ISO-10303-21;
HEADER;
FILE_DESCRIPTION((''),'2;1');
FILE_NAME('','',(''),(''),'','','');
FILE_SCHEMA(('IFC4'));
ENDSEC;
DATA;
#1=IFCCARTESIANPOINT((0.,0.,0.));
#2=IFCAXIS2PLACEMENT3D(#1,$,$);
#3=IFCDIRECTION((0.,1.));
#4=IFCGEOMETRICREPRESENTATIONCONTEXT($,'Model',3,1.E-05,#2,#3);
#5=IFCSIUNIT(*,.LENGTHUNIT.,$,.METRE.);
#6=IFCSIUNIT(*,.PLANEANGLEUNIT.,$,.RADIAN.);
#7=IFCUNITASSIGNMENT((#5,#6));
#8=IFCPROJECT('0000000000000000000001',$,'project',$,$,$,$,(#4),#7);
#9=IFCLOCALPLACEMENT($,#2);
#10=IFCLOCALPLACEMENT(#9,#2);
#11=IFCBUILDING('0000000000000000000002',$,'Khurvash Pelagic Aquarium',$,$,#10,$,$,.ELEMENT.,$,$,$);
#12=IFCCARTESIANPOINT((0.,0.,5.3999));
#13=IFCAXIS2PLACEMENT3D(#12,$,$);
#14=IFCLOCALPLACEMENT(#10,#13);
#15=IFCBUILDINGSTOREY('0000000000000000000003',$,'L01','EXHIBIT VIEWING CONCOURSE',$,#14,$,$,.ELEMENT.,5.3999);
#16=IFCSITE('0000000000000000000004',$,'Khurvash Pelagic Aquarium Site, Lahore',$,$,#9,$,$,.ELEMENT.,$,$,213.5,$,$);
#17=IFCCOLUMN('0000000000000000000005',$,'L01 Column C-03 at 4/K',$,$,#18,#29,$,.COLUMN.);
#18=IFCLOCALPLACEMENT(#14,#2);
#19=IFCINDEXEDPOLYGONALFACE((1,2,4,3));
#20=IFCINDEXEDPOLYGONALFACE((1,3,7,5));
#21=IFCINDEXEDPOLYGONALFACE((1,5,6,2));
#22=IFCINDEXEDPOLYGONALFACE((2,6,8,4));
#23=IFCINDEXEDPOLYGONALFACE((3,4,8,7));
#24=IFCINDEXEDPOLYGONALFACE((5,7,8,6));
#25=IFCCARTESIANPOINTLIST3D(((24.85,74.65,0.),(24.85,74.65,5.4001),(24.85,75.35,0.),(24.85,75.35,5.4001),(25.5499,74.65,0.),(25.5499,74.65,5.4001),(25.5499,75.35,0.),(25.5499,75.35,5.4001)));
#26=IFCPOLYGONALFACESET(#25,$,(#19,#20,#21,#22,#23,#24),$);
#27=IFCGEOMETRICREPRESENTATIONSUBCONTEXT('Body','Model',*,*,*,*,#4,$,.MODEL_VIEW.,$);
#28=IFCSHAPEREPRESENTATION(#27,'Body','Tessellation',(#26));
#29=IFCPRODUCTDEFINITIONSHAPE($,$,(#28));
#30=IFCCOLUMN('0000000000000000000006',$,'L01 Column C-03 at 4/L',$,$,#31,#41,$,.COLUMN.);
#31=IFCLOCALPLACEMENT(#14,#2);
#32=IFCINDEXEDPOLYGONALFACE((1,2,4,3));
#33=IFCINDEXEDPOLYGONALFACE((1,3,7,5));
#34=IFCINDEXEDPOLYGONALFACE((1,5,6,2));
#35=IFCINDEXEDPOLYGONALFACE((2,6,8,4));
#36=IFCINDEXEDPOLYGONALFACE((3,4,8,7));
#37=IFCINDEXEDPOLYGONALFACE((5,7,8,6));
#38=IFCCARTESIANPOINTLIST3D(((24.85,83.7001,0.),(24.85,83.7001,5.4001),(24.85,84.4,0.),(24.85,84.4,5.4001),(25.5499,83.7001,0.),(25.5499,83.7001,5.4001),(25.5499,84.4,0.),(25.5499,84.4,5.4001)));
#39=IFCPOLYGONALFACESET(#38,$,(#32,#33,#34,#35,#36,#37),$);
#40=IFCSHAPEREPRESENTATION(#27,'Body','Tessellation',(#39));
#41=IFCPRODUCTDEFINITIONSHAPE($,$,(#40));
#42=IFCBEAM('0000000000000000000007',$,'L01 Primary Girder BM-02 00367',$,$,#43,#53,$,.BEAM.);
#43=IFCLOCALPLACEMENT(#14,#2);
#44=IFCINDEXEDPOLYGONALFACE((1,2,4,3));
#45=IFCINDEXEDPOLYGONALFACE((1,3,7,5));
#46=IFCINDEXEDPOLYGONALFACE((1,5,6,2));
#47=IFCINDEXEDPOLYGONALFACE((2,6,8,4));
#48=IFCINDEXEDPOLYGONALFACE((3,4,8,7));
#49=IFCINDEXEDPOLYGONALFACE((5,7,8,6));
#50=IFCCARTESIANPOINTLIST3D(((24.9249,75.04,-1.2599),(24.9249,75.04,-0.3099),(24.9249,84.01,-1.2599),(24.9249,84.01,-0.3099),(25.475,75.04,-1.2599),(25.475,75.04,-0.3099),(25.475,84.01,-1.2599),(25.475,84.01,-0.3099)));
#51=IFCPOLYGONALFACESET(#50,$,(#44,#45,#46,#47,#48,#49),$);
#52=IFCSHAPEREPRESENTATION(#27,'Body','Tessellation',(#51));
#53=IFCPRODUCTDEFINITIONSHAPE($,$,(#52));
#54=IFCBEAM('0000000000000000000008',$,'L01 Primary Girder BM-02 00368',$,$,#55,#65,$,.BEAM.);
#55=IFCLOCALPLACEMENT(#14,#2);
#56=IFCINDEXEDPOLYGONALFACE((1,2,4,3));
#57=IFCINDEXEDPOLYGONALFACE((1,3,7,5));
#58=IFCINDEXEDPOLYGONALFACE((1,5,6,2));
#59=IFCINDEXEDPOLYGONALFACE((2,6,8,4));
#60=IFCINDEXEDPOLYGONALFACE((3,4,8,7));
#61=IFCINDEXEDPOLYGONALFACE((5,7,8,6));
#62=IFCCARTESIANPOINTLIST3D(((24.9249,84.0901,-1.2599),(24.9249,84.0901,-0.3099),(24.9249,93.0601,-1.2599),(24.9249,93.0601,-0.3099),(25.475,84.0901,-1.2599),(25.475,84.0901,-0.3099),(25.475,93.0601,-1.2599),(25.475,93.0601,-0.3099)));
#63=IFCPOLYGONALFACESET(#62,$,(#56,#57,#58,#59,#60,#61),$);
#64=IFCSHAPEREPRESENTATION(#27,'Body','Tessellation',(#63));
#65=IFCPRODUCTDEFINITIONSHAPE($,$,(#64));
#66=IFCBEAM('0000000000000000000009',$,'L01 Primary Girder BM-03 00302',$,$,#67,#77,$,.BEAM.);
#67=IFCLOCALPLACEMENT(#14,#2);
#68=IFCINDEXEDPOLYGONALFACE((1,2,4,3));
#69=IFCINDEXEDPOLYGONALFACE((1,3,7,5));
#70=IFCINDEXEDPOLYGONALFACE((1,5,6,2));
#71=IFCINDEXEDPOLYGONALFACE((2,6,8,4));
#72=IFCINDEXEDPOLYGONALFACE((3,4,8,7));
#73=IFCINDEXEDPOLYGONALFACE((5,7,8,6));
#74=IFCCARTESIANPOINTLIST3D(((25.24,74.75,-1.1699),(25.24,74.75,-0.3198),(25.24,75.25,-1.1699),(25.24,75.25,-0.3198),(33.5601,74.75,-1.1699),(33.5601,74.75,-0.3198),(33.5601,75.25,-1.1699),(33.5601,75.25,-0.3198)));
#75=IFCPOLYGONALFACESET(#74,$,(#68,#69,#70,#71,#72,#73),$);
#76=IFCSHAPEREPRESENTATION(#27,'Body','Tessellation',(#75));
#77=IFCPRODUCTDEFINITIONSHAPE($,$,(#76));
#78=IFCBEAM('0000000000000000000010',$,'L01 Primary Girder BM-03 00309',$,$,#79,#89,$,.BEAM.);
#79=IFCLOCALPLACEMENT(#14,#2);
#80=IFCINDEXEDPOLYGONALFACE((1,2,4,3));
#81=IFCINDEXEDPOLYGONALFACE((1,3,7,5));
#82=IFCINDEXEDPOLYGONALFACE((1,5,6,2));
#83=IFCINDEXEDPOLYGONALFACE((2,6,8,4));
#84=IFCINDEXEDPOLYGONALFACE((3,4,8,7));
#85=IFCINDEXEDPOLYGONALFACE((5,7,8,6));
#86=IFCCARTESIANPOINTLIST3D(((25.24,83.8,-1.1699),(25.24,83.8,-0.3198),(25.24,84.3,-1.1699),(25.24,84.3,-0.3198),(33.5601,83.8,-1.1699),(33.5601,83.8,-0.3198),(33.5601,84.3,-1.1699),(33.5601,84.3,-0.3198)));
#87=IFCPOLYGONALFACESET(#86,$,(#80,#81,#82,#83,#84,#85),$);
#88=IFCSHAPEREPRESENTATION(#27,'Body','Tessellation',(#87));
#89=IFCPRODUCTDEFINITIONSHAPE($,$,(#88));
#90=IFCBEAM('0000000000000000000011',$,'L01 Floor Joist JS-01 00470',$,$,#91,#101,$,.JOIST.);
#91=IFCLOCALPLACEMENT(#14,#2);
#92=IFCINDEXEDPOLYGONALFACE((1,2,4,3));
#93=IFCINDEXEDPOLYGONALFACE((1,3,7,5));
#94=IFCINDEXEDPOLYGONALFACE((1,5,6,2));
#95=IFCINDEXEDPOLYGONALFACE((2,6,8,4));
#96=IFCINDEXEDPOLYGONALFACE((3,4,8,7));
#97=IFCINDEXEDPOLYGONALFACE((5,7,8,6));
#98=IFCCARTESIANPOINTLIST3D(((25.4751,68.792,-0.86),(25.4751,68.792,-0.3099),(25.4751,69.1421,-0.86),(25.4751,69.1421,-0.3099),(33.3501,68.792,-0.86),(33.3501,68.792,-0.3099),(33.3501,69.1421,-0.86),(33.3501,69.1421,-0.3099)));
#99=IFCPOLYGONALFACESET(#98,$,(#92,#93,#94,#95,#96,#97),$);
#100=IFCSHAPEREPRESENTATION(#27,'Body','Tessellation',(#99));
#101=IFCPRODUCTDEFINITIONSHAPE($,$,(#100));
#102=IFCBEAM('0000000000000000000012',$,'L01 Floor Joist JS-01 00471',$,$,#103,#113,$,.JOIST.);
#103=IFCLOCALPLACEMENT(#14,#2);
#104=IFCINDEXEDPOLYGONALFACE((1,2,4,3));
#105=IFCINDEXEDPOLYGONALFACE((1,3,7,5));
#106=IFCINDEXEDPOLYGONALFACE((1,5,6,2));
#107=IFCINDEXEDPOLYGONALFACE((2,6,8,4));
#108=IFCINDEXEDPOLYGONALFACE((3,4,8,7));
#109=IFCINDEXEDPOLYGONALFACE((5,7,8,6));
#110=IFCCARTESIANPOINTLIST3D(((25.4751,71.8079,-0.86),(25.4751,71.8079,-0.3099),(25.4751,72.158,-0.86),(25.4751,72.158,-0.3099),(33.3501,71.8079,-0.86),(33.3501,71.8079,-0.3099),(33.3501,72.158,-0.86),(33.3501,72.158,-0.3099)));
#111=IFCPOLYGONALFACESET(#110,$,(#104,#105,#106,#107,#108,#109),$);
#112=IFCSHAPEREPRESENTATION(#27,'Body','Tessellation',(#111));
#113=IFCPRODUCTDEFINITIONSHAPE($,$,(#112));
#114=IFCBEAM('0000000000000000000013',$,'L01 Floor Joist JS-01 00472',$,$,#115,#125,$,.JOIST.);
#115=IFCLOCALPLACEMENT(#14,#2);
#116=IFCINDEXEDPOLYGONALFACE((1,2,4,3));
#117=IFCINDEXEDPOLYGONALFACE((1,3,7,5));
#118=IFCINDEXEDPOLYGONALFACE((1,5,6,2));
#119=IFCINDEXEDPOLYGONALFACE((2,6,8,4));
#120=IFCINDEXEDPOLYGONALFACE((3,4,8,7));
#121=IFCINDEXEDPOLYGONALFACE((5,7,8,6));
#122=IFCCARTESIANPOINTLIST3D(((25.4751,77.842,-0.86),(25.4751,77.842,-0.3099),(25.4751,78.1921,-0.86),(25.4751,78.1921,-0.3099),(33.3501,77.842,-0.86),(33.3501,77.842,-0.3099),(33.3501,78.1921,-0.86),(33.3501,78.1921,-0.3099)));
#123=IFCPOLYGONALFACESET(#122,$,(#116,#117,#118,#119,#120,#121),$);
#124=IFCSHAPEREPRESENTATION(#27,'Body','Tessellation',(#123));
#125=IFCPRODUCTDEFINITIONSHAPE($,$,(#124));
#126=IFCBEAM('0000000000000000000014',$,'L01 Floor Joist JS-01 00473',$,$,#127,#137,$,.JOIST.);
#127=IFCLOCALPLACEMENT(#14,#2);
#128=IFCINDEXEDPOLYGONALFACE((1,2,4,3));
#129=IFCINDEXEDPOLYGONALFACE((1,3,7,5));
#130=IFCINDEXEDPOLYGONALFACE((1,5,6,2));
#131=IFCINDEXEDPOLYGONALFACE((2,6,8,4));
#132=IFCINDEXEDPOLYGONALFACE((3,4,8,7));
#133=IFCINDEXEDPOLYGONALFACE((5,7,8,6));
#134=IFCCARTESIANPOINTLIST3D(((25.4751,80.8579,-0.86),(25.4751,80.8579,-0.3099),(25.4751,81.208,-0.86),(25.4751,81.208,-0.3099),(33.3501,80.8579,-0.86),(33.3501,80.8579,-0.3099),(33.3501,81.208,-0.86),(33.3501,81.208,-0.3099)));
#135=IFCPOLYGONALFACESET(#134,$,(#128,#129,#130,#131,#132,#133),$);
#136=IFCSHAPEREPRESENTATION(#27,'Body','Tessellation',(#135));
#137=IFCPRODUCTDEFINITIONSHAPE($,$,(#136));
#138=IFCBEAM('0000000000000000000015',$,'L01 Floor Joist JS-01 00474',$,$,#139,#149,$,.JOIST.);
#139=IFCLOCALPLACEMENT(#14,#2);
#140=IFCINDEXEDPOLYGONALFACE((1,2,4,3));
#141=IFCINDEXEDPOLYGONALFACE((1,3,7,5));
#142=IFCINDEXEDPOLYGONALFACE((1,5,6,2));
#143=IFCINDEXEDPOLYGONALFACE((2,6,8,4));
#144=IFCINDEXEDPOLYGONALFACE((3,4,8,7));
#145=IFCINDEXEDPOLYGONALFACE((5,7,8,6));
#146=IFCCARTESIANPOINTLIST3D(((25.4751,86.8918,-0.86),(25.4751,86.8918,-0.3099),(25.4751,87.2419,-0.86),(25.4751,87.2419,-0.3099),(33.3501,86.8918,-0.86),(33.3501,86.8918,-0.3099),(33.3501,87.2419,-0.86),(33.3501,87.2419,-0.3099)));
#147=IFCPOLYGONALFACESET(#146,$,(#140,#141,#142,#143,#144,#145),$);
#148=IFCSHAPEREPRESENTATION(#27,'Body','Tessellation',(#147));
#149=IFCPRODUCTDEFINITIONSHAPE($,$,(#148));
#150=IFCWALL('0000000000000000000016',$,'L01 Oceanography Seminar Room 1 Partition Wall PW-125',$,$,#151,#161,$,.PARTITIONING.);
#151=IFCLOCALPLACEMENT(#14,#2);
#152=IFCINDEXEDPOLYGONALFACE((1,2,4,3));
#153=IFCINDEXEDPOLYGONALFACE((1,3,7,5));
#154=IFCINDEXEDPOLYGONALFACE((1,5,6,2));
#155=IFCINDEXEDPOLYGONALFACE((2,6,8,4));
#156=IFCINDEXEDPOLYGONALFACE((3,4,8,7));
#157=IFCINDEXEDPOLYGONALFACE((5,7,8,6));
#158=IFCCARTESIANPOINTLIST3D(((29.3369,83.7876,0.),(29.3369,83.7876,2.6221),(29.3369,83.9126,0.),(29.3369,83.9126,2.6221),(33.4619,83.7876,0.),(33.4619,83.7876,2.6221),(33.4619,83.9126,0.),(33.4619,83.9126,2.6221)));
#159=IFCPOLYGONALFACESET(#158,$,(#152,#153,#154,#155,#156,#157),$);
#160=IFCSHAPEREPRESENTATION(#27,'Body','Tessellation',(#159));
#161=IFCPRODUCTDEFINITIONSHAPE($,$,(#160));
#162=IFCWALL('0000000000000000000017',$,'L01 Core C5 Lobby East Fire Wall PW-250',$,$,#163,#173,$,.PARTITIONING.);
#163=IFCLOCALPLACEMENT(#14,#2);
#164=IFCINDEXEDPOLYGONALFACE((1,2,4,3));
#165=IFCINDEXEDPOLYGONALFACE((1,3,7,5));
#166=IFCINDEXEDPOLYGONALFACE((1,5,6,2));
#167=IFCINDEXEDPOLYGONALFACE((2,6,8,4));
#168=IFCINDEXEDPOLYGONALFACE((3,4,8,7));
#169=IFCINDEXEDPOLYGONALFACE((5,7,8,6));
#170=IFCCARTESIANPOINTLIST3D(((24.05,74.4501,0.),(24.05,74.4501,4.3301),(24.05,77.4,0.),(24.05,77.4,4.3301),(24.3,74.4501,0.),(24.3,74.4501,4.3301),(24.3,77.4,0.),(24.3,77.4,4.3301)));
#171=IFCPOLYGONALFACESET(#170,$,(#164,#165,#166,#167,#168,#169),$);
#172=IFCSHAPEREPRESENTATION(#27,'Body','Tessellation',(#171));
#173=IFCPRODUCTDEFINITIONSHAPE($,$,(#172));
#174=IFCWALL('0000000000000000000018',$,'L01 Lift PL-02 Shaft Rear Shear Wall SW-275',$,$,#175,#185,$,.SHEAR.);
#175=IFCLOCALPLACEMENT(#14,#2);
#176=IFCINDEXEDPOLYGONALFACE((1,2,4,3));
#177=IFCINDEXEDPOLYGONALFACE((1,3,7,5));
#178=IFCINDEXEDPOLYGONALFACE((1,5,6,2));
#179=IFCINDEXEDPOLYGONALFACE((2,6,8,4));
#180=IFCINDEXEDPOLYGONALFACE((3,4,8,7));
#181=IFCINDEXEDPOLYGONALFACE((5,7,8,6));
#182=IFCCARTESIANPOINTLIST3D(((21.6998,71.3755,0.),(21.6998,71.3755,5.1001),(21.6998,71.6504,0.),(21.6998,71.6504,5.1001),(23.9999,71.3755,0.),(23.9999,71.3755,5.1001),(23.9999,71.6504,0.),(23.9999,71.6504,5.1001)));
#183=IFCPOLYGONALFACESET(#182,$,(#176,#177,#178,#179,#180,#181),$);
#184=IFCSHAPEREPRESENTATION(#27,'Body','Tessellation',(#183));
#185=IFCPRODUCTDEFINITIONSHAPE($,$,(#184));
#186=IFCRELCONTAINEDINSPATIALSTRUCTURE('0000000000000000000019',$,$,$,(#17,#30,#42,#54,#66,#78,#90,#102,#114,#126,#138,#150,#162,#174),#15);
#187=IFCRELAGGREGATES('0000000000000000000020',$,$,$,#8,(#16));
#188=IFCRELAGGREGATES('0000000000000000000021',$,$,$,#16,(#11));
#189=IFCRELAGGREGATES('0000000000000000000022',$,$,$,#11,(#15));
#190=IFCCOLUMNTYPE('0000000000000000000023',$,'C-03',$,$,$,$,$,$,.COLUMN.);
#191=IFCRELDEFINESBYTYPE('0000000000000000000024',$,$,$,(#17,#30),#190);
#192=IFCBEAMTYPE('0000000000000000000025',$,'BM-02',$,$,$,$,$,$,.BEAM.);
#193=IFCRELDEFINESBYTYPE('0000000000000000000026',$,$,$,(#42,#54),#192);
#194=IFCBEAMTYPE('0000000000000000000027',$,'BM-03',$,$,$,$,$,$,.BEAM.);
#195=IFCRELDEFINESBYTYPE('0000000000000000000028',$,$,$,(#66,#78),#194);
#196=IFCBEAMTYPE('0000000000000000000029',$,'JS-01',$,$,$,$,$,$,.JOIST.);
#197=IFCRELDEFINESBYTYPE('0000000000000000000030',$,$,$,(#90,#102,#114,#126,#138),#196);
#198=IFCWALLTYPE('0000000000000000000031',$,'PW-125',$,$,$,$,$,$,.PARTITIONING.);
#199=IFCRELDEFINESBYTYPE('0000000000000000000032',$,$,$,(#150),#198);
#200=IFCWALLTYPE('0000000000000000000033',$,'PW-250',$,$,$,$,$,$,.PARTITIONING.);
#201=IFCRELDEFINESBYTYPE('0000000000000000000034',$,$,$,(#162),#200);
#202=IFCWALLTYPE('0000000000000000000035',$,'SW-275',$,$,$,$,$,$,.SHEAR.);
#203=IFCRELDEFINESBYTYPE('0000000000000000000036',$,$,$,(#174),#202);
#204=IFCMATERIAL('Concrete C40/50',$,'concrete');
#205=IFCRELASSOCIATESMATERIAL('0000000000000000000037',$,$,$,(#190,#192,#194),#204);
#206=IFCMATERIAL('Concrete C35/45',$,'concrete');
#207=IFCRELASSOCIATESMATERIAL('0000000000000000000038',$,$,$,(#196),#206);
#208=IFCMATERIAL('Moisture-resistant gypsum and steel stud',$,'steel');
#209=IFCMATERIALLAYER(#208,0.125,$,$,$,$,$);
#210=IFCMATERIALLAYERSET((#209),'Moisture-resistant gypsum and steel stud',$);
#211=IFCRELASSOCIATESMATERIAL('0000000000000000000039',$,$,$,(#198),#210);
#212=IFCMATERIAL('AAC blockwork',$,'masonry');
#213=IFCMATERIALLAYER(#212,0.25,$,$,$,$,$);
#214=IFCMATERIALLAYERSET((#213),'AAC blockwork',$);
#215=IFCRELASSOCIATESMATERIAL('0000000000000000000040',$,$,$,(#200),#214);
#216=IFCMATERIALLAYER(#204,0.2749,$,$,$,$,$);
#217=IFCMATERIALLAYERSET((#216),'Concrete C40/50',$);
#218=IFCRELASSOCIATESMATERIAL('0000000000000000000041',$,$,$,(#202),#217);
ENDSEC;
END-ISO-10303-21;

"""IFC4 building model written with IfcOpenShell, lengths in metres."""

from ifc_helpers import new_model, si_unit, direction, frame, frame_2d, origin, origin_2d, place, context, subcontext, project, spatial, rectangle, extrude, material, layer, layer_set, material_profile, profile_set, type_object, element, save


model = new_model("IFC4")

# Units and contexts
model_context = context("Model", 3, precision=1e-05, world=origin(), true_north=direction((0.0, 1.0)))
body_context = subcontext(model_context, "Body", "Model", "MODEL_VIEW")
ifc_project = project(units=[si_unit("LENGTHUNIT", "METRE"), si_unit("PLANEANGLEUNIT", "RADIAN")], contexts=[model_context])

# Site, building, storey
site_placement = place(None, origin())
site = spatial("IfcSite", under=ifc_project, at=site_placement, Name="Khurvash Pelagic Aquarium Site, Lahore", CompositionType="ELEMENT", RefElevation=213.5)
building_placement = place(site_placement, origin())
building = spatial("IfcBuilding", under=site, at=building_placement, Name="Khurvash Pelagic Aquarium", CompositionType="ELEMENT")
storey_placement = place(building_placement, frame((0.0, 0.0, 5.3999)))
storey = spatial("IfcBuildingStorey", under=building, at=storey_placement, Name="L01", Description="EXHIBIT VIEWING CONCOURSE", CompositionType="ELEMENT", Elevation=5.3999)

# Columns
ifc_material_1 = material(Name="Concrete C40/50", Category="concrete")
ifc_material_profile_1 = material_profile(ifc_material_1, rectangle(XDim=0.7, YDim=0.7, at=origin_2d()), Name="RC700X700")
ifc_profile_set_1 = profile_set([ifc_material_profile_1], Name="Concrete C40/50")
column_type = type_object("IfcColumnType", Name="C-03", PredefinedType="COLUMN", material=ifc_profile_set_1)
for number, where, z_axis, x_axis, name in (
    (1, (25.2, 75.0, 0.0), (0.0, 0.0, 1.0), (1.0, 0.0, 0.0), "L01 Column C-03 at 4/K"),
    (2, (25.2, 84.05, 0.0), (0.0, 0.0, 1.0), (1.0, 0.0, 0.0), "L01 Column C-03 at 4/L"),
):
    element("IfcColumn", number, at=place(storey_placement, frame(where, z_axis=z_axis, x_axis=x_axis)), inside=storey, type_object=column_type, Name=name, PredefinedType="COLUMN", context=body_context, shape_type="SweptSolid", body=[
        extrude(rectangle(XDim=0.7, YDim=0.7, at=origin_2d()), origin(), (0.0, 0.0, 1.0), 5.4001),
    ])

# Beams
ifc_material_profile_2 = material_profile(ifc_material_1, rectangle(XDim=0.55, YDim=0.95, at=origin_2d()), Name="RC550X950")
ifc_profile_set_2 = profile_set([ifc_material_profile_2], Name="Concrete C40/50")
beam_type_1 = type_object("IfcBeamType", Name="BM-02", PredefinedType="BEAM", material=ifc_profile_set_2)
for number, where, z_axis, x_axis, name in (
    (3, (25.2, 75.04, -0.7849), (0.0, 1.0, 0.0), (-1.0, 0.0, 0.0), "L01 Primary Girder BM-02 00367"),
    (4, (25.2, 84.0901, -0.7849), (0.0, 1.0, 0.0), (-1.0, 0.0, 0.0), "L01 Primary Girder BM-02 00368"),
):
    element("IfcBeam", number, at=place(storey_placement, frame(where, z_axis=z_axis, x_axis=x_axis)), inside=storey, type_object=beam_type_1, Name=name, PredefinedType="BEAM", context=body_context, shape_type="SweptSolid", body=[
        extrude(rectangle(XDim=0.55, YDim=0.95, at=origin_2d()), origin(), (0.0, 0.0, 1.0), 8.97),
    ])
ifc_material_profile_3 = material_profile(ifc_material_1, rectangle(XDim=0.5, YDim=0.8501, at=origin_2d()), Name="RC500X850")
ifc_profile_set_3 = profile_set([ifc_material_profile_3], Name="Concrete C40/50")
beam_type_2 = type_object("IfcBeamType", Name="BM-03", PredefinedType="BEAM", material=ifc_profile_set_3)
for number, where, z_axis, x_axis, name in (
    (5, (25.24, 75.0, -0.7449), (1.0, 0.0, 0.0), (0.0, 1.0, 0.0), "L01 Primary Girder BM-03 00302"),
    (6, (25.24, 84.05, -0.7449), (1.0, 0.0, 0.0), (0.0, 1.0, 0.0), "L01 Primary Girder BM-03 00309"),
):
    element("IfcBeam", number, at=place(storey_placement, frame(where, z_axis=z_axis, x_axis=x_axis)), inside=storey, type_object=beam_type_2, Name=name, PredefinedType="BEAM", context=body_context, shape_type="SweptSolid", body=[
        extrude(rectangle(XDim=0.5, YDim=0.8501, at=origin_2d()), origin(), (0.0, 0.0, 1.0), 8.3201),
    ])
ifc_material_2 = material(Name="Concrete C35/45", Category="concrete")
ifc_material_profile_4 = material_profile(ifc_material_2, rectangle(XDim=0.3501, YDim=0.55, at=origin_2d()), Name="RC350X550")
ifc_profile_set_4 = profile_set([ifc_material_profile_4], Name="Concrete C35/45")
beam_type_3 = type_object("IfcBeamType", Name="JS-01", PredefinedType="JOIST", material=ifc_profile_set_4)
for number, where, z_axis, x_axis, name in (
    (7, (25.4751, 68.967, -0.585), (1.0, 0.0, 0.0), (0.0, 1.0, 0.0), "L01 Floor Joist JS-01 00470"),
    (8, (25.4751, 71.9829, -0.585), (1.0, 0.0, 0.0), (0.0, 1.0, 0.0), "L01 Floor Joist JS-01 00471"),
    (9, (25.4751, 78.0171, -0.585), (1.0, 0.0, 0.0), (0.0, 1.0, 0.0), "L01 Floor Joist JS-01 00472"),
    (10, (25.4751, 81.033, -0.585), (1.0, 0.0, 0.0), (0.0, 1.0, 0.0), "L01 Floor Joist JS-01 00473"),
    (11, (25.4751, 87.0669, -0.585), (1.0, 0.0, 0.0), (0.0, 1.0, 0.0), "L01 Floor Joist JS-01 00474"),
):
    element("IfcBeam", number, at=place(storey_placement, frame(where, z_axis=z_axis, x_axis=x_axis)), inside=storey, type_object=beam_type_3, Name=name, PredefinedType="JOIST", context=body_context, shape_type="SweptSolid", body=[
        extrude(rectangle(XDim=0.3501, YDim=0.55, at=origin_2d()), origin(), (0.0, 0.0, 1.0), 7.875),
    ])

# Walls
ifc_material_3 = material(Name="Moisture-resistant gypsum and steel stud", Category="steel")
ifc_layer_1 = layer(ifc_material_3, 0.125)
ifc_layer_set_1 = layer_set([ifc_layer_1], Name="Moisture-resistant gypsum and steel stud")
wall_type_1 = type_object("IfcWallType", Name="PW-125", PredefinedType="PARTITIONING", material=ifc_layer_set_1)
wall_1_placement = place(storey_placement, frame((29.3369, 83.8501, 0.0), z_axis=(0.0, 0.0, 1.0), x_axis=(1.0, 0.0, 0.0)))
element("IfcWall", 12, at=wall_1_placement, inside=storey, type_object=wall_type_1, Name="L01 Oceanography Seminar Room 1 Partition Wall PW-125", PredefinedType="PARTITIONING", context=body_context, shape_type="SweptSolid", body=[
    extrude(rectangle(XDim=4.125, YDim=0.125, at=frame_2d((2.0625, 0.0))), origin(), (0.0, 0.0, 1.0), 2.6221),
])
ifc_material_4 = material(Name="AAC blockwork", Category="masonry")
ifc_layer_2 = layer(ifc_material_4, 0.25)
ifc_layer_set_2 = layer_set([ifc_layer_2], Name="AAC blockwork")
wall_type_2 = type_object("IfcWallType", Name="PW-250", PredefinedType="PARTITIONING", material=ifc_layer_set_2)
wall_2_placement = place(storey_placement, frame((24.175, 74.45, 0.0), z_axis=(0.0, 0.0, 1.0), x_axis=(0.0, 1.0, 0.0)))
element("IfcWall", 13, at=wall_2_placement, inside=storey, type_object=wall_type_2, Name="L01 Core C5 Lobby East Fire Wall PW-250", PredefinedType="PARTITIONING", context=body_context, shape_type="SweptSolid", body=[
    extrude(rectangle(XDim=2.95, YDim=0.25, at=frame_2d((1.4751, 0.0))), origin(), (0.0, 0.0, 1.0), 4.3301),
])
ifc_layer_3 = layer(ifc_material_1, 0.2749)
ifc_layer_set_3 = layer_set([ifc_layer_3], Name="Concrete C40/50")
wall_type_3 = type_object("IfcWallType", Name="SW-275", PredefinedType="SHEAR", material=ifc_layer_set_3)
wall_3_placement = place(storey_placement, frame((21.7, 71.5129, 0.0), z_axis=(0.0, 0.0, 1.0), x_axis=(1.0, 0.0, 0.0)))
element("IfcWall", 14, at=wall_3_placement, inside=storey, type_object=wall_type_3, Name="L01 Lift PL-02 Shaft Rear Shear Wall SW-275", PredefinedType="SHEAR", context=body_context, shape_type="SweptSolid", body=[
    extrude(rectangle(XDim=2.3, YDim=0.2749, at=frame_2d((1.1499, 0.0))), origin(), (0.0, 0.0, 1.0), 5.1001),
])

save(model, "model.ifc")
